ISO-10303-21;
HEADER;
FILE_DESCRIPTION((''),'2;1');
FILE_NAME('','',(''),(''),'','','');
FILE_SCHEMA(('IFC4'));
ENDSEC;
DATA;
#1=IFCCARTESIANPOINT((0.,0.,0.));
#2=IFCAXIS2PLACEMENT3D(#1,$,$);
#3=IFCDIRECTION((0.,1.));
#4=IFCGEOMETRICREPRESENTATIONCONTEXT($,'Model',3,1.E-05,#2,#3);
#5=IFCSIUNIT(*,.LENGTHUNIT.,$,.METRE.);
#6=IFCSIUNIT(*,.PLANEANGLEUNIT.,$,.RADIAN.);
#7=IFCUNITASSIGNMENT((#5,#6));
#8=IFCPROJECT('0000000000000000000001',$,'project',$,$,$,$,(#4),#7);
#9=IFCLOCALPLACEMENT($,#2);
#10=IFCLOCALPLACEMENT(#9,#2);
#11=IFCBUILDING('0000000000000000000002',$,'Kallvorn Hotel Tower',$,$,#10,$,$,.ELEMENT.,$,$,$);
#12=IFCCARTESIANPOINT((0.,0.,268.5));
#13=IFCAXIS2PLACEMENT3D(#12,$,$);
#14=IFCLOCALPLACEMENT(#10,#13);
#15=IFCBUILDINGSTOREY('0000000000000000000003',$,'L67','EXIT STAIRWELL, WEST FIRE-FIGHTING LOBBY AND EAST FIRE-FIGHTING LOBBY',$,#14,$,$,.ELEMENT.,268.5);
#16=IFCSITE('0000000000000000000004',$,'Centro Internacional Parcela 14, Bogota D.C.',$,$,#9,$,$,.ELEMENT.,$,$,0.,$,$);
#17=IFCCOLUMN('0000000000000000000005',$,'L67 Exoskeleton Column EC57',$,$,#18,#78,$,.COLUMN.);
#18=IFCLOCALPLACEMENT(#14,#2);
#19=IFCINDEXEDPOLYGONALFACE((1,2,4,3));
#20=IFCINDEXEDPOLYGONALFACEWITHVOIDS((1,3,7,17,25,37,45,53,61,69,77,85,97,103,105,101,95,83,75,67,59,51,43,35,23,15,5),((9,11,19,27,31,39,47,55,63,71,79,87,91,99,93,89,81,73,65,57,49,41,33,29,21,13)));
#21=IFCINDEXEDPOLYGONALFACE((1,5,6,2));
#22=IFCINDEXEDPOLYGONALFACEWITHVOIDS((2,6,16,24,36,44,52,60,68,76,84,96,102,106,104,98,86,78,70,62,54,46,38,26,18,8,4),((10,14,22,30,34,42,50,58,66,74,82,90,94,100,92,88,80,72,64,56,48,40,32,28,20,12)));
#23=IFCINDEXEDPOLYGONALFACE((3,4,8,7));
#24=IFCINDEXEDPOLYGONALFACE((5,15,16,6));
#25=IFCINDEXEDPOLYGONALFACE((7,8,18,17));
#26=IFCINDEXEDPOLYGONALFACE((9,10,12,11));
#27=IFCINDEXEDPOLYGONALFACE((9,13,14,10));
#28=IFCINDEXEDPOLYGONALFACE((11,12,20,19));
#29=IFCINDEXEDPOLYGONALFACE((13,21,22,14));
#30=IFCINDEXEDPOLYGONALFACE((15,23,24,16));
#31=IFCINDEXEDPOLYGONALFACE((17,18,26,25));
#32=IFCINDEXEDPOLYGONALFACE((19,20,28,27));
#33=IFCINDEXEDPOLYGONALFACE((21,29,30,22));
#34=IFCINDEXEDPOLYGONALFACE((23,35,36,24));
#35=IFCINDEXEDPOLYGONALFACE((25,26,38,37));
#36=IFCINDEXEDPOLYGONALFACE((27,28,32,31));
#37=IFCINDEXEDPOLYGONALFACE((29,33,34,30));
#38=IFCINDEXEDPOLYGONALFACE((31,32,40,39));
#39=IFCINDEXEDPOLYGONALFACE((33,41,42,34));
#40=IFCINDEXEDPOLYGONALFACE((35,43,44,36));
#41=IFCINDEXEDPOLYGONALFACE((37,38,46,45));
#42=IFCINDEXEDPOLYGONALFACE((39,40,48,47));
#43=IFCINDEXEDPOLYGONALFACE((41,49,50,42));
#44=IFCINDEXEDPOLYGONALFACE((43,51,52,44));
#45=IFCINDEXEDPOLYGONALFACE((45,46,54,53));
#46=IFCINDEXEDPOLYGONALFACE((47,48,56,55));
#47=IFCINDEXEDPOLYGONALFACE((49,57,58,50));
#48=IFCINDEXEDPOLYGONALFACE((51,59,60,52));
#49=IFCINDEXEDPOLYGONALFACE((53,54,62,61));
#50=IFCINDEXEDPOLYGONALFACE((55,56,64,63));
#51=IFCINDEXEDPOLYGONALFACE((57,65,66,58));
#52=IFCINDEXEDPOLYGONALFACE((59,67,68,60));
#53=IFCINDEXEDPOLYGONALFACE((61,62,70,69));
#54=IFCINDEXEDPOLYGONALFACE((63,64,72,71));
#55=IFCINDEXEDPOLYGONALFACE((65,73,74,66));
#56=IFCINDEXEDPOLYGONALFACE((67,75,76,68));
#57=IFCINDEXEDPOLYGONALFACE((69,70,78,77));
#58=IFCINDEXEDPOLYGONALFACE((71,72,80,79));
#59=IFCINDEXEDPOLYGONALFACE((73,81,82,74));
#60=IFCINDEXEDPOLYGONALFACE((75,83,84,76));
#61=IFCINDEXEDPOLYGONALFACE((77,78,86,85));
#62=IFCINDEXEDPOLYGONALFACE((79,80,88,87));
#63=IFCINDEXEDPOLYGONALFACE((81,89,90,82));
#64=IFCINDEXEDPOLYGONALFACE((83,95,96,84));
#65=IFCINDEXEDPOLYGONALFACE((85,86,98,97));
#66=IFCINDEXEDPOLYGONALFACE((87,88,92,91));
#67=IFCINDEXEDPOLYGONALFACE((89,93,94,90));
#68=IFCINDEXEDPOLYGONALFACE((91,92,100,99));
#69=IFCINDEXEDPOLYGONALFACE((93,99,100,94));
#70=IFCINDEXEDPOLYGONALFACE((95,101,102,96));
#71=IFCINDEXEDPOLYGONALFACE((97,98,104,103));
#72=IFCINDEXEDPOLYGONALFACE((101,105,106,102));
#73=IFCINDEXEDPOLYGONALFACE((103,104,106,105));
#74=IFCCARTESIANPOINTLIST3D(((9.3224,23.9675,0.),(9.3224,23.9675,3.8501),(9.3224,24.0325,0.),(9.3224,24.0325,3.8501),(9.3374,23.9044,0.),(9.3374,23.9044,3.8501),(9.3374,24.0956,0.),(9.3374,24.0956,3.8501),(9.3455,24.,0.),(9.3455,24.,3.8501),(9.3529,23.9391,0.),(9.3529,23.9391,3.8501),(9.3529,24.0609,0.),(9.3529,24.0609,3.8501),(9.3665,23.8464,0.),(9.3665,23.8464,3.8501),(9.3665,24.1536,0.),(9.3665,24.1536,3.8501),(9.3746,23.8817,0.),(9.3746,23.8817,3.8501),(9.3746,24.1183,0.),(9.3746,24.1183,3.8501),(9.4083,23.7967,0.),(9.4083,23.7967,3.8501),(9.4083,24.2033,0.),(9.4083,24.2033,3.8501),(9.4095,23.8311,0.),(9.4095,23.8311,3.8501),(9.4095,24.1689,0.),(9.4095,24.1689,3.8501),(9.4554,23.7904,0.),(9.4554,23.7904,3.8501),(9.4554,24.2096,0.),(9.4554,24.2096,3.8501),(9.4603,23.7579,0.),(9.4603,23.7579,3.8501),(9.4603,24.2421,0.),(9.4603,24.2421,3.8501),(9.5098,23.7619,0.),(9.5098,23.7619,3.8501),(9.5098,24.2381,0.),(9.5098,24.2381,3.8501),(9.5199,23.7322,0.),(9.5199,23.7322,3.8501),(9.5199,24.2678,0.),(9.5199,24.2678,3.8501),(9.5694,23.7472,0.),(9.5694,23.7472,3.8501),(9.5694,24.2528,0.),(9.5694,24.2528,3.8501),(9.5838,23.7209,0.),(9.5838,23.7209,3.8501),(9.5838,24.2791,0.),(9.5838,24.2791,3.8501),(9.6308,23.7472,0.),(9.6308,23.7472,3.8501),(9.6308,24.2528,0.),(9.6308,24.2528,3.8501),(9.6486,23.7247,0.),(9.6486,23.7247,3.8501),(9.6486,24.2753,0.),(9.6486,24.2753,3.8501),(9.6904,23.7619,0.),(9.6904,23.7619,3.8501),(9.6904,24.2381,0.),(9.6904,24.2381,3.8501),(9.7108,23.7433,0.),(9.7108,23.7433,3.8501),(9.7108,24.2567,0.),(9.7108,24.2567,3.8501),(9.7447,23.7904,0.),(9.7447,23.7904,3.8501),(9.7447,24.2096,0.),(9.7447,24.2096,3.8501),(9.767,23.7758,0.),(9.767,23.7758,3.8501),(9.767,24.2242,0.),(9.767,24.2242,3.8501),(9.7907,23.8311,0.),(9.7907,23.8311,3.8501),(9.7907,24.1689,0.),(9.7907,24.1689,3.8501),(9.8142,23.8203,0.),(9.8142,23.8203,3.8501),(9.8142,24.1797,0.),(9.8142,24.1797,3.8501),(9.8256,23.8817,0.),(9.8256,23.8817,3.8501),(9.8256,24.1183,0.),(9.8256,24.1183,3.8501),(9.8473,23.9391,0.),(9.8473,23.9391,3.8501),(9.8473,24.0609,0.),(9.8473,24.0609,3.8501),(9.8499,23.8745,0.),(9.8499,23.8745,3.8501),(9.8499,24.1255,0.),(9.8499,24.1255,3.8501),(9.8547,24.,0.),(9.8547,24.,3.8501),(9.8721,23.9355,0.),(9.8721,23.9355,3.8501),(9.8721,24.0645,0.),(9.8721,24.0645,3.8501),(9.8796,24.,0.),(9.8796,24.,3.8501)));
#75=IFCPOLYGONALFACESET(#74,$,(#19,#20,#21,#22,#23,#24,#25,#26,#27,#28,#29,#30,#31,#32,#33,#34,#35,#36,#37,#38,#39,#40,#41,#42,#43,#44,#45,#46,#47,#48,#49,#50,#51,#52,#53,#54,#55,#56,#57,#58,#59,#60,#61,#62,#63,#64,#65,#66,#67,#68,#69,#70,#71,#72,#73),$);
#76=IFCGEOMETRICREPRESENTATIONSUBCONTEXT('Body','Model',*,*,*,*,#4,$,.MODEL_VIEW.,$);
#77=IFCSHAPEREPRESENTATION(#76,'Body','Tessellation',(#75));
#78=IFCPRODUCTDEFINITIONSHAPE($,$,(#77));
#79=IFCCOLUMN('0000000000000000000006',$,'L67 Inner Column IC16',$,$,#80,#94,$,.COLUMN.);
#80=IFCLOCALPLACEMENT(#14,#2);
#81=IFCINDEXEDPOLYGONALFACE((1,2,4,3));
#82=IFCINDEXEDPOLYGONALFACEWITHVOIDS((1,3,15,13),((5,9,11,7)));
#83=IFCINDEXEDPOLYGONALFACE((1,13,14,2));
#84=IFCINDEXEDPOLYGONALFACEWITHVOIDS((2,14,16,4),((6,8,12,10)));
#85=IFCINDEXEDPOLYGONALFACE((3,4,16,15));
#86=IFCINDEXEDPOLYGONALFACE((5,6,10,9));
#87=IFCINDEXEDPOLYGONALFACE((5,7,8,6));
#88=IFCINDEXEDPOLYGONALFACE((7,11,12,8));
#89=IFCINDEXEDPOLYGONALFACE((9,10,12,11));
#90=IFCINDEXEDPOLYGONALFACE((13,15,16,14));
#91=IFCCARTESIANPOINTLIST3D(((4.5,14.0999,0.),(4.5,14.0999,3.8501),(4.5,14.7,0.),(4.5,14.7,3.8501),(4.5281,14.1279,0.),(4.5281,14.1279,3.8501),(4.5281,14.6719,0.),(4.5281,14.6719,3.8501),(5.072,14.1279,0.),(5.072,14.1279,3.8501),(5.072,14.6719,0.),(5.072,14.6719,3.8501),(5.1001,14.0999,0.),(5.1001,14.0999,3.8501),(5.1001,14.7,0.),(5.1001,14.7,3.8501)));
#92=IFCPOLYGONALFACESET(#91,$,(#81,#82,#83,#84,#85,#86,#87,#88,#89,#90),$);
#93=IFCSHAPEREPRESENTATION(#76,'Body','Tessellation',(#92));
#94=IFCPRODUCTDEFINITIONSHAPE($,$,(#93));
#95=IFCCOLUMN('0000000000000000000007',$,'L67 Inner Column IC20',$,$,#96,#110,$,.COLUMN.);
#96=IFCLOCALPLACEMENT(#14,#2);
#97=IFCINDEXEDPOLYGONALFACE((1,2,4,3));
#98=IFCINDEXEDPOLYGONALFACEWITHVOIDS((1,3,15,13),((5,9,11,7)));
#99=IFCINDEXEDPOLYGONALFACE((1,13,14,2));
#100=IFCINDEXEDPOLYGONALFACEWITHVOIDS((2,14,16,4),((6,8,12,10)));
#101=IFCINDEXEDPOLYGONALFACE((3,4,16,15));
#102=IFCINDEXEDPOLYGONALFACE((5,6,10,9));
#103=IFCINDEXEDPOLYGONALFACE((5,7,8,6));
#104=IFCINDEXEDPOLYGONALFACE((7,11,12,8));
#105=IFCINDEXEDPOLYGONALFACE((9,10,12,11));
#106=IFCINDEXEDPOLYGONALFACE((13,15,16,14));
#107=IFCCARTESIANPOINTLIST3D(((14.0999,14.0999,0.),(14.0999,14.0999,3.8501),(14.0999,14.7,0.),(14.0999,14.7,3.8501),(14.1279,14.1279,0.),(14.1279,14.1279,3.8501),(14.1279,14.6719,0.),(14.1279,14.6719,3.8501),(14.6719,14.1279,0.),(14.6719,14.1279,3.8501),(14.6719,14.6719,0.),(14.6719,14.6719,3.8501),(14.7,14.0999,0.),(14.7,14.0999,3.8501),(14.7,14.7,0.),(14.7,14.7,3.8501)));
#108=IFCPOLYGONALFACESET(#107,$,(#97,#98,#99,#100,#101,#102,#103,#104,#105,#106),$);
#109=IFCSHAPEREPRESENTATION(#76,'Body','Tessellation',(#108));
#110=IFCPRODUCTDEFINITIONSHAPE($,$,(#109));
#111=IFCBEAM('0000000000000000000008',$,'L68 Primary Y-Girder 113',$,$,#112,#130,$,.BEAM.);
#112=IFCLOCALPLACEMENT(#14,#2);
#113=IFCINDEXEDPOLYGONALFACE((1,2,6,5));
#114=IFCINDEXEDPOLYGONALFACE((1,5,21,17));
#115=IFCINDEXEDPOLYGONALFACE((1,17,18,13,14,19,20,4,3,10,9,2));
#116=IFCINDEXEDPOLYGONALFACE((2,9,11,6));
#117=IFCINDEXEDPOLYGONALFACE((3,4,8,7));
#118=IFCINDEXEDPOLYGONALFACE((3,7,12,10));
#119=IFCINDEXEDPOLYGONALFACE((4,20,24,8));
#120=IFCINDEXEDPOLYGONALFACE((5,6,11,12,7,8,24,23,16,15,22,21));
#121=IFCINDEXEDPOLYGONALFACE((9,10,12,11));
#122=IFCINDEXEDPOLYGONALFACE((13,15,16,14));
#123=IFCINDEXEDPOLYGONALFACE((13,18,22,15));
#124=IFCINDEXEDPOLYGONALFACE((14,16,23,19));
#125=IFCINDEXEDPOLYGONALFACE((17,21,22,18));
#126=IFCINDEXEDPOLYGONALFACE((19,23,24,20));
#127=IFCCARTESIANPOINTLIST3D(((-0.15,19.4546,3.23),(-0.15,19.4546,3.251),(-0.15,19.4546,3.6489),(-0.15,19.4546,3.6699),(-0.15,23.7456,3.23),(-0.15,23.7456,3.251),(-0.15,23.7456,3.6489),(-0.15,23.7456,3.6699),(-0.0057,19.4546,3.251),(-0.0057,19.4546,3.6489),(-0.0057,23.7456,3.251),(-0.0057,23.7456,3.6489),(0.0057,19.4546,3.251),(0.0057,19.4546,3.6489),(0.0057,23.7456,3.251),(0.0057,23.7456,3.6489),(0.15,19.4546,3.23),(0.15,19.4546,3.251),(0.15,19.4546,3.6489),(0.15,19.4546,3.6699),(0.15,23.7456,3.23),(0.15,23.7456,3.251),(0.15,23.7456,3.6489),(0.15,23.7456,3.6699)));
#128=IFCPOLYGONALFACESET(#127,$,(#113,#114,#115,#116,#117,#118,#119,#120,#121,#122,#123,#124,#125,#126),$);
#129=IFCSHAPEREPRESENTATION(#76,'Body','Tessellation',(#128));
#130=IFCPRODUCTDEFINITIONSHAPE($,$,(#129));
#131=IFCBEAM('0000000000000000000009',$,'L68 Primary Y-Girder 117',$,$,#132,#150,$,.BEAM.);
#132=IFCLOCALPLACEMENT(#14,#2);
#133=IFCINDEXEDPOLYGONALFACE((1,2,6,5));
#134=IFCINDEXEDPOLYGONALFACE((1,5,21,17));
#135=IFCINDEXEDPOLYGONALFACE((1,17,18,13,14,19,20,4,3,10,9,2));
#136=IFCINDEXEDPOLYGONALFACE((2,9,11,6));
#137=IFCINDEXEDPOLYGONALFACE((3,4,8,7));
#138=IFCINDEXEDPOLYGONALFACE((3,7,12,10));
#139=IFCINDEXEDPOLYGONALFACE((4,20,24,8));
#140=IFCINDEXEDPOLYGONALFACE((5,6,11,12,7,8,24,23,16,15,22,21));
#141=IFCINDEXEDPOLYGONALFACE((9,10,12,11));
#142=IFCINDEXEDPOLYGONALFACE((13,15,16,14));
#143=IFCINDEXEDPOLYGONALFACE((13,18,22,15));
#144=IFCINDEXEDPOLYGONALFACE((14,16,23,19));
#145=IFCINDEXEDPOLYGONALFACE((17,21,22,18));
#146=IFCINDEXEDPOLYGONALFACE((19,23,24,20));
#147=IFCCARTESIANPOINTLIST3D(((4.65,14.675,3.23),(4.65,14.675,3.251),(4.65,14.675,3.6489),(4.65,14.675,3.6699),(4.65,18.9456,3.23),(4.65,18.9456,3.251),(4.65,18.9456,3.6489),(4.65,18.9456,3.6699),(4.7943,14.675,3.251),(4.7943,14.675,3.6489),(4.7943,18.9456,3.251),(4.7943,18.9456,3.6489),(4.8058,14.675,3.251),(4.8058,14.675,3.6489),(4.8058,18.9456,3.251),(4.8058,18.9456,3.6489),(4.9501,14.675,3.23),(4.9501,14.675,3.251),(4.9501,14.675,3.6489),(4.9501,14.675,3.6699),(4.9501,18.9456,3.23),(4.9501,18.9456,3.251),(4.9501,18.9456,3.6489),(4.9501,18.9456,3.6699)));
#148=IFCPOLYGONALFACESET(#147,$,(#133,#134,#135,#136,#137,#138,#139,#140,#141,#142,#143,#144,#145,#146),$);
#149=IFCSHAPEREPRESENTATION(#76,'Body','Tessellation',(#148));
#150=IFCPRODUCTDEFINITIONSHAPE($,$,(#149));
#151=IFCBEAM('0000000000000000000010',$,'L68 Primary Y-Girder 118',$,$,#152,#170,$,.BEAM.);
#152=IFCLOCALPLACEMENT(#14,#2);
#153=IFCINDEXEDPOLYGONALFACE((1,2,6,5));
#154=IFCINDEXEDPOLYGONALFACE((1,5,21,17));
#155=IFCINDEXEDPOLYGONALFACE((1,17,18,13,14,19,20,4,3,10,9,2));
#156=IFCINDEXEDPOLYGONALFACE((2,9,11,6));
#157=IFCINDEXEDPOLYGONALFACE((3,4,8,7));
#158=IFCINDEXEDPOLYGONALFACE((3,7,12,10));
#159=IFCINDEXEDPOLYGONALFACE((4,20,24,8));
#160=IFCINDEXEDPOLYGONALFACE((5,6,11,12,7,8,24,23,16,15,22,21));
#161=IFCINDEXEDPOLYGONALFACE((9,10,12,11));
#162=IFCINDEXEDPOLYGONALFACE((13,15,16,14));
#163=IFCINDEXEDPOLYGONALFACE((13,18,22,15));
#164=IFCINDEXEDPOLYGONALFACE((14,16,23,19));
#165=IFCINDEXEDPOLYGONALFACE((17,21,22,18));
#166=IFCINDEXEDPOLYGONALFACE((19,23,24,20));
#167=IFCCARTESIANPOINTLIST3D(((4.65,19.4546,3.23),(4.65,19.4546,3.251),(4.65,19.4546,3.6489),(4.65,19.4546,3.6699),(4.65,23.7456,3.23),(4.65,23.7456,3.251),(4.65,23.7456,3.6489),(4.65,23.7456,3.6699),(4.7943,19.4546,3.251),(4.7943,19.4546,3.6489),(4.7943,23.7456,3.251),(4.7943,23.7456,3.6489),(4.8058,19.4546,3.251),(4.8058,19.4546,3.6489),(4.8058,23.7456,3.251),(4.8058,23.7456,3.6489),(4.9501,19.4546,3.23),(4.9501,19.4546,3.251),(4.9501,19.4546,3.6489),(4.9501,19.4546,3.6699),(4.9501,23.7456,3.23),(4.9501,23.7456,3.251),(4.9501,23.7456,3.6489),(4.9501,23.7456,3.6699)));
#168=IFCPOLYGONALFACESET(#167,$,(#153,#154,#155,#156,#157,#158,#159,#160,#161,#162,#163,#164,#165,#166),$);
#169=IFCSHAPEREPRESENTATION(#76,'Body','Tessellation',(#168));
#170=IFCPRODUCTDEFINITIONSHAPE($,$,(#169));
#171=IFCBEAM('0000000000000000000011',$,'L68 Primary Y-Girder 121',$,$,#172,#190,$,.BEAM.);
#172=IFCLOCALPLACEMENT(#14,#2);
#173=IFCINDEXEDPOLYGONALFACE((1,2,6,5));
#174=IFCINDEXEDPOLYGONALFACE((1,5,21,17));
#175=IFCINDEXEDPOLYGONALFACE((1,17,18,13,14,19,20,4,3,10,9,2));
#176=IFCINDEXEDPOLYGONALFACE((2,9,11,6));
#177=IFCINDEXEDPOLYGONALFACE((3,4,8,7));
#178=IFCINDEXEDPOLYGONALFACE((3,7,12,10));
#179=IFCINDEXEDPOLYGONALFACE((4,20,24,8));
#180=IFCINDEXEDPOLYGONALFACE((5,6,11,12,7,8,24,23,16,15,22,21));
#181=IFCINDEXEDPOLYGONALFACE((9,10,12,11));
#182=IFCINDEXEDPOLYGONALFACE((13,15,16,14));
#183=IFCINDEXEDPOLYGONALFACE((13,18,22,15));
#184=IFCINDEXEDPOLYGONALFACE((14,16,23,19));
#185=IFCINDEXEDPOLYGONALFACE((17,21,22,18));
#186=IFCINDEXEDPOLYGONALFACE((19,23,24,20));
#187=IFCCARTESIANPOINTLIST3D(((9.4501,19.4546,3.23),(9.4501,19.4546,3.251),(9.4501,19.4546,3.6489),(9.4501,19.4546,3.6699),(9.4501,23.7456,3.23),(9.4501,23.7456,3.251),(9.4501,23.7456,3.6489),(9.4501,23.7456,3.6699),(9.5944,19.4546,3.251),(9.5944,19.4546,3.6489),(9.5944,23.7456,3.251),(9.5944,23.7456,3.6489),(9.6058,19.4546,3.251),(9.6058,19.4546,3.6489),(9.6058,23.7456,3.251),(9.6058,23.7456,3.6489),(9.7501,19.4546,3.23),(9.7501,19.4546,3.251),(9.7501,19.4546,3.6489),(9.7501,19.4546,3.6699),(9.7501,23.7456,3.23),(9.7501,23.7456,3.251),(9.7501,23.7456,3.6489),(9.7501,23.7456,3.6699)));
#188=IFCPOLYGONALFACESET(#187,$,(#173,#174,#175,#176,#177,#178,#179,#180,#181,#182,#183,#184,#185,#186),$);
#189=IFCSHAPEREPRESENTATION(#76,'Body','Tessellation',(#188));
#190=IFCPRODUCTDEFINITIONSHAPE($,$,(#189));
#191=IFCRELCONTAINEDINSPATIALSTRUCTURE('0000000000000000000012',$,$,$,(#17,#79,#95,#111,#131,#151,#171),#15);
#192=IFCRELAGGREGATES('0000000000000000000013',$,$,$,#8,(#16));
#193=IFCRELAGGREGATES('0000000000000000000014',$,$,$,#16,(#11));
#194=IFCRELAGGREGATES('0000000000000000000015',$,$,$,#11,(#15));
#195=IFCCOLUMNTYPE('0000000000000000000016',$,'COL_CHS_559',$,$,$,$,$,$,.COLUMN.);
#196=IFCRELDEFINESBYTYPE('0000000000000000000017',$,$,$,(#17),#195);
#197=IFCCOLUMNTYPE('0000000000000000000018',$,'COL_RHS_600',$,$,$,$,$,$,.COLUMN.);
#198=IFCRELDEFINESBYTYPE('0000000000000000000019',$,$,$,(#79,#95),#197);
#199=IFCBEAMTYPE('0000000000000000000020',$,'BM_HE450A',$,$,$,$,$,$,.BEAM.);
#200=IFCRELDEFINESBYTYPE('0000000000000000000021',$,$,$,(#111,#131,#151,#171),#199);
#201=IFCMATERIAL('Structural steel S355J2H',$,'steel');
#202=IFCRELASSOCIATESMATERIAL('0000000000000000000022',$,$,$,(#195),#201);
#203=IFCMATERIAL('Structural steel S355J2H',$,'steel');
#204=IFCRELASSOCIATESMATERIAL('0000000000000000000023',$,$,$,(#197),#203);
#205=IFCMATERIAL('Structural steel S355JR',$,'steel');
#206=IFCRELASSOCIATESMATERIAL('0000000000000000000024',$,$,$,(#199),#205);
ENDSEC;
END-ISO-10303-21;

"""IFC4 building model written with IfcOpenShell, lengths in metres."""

from ifc_helpers import new_model, si_unit, direction, frame, origin, origin_2d, place, context, subcontext, project, spatial, hollow_rectangle, hollow_circle, i_section, extrude, material, material_profile, profile_set, type_object, element, save


model = new_model("IFC4")

# Units and contexts
model_context = context("Model", 3, precision=1e-05, world=origin(), true_north=direction((0.0, 1.0)))
body_context = subcontext(model_context, "Body", "Model", "MODEL_VIEW")
ifc_project = project(units=[si_unit("LENGTHUNIT", "METRE"), si_unit("PLANEANGLEUNIT", "RADIAN")], contexts=[model_context])

# Site, building, storey
site_placement = place(None, origin())
site = spatial("IfcSite", under=ifc_project, at=site_placement, Name="Centro Internacional Parcela 14, Bogota D.C.", CompositionType="ELEMENT", RefElevation=0.0)
building_placement = place(site_placement, origin())
building = spatial("IfcBuilding", under=site, at=building_placement, Name="Kallvorn Hotel Tower", CompositionType="ELEMENT")
storey_placement = place(building_placement, frame((0.0, 0.0, 268.5)))
storey = spatial("IfcBuildingStorey", under=building, at=storey_placement, Name="L67", Description="EXIT STAIRWELL, WEST FIRE-FIGHTING LOBBY AND EAST FIRE-FIGHTING LOBBY", CompositionType="ELEMENT", Elevation=268.5)

# Columns
ifc_material_1 = material(Name="Structural steel S355J2H", Category="steel")
ifc_material_profile_1 = material_profile(ifc_material_1, hollow_circle(Radius=0.2795, WallThickness=0.0249, at=origin_2d()), Name="CHS 559x25")
ifc_profile_set_1 = profile_set([ifc_material_profile_1], Name="Structural steel S355J2H")
column_type_1 = type_object("IfcColumnType", Name="COL_CHS_559", PredefinedType="COLUMN", material=ifc_profile_set_1)
for number, where, z_axis, x_axis, name in (
    (1, (9.6001, 24.0, 0.0), (0.0, 0.0, 1.0), (1.0, 0.0, 0.0), "L67 Exoskeleton Column EC57"),
):
    element("IfcColumn", number, at=place(storey_placement, frame(where, z_axis=z_axis, x_axis=x_axis)), inside=storey, type_object=column_type_1, Name=name, PredefinedType="COLUMN", context=body_context, shape_type="SweptSolid", body=[
        extrude(hollow_circle(Radius=0.2795, WallThickness=0.0249, at=origin_2d()), origin(), (0.0, 0.0, 1.0), 3.8501),
    ])
ifc_material_2 = material(Name="Structural steel S355J2H", Category="steel")
ifc_material_profile_2 = material_profile(ifc_material_2, hollow_rectangle(XDim=0.6001, YDim=0.6001, WallThickness=0.0281, at=origin_2d()), Name="RHS 600x600x28")
ifc_profile_set_2 = profile_set([ifc_material_profile_2], Name="Structural steel S355J2H")
column_type_2 = type_object("IfcColumnType", Name="COL_RHS_600", PredefinedType="COLUMN", material=ifc_profile_set_2)
for number, where, z_axis, x_axis, name in (
    (2, (4.8, 14.3999, 0.0), (0.0, 0.0, 1.0), (1.0, 0.0, 0.0), "L67 Inner Column IC16"),
    (3, (14.3999, 14.3999, 0.0), (0.0, 0.0, 1.0), (1.0, 0.0, 0.0), "L67 Inner Column IC20"),
):
    element("IfcColumn", number, at=place(storey_placement, frame(where, z_axis=z_axis, x_axis=x_axis)), inside=storey, type_object=column_type_2, Name=name, PredefinedType="COLUMN", context=body_context, shape_type="SweptSolid", body=[
        extrude(hollow_rectangle(XDim=0.6001, YDim=0.6001, WallThickness=0.0281, at=origin_2d()), origin(), (0.0, 0.0, 1.0), 3.8501),
    ])

# Beams
ifc_material_3 = material(Name="Structural steel S355JR", Category="steel")
ifc_material_profile_3 = material_profile(ifc_material_3, i_section(OverallWidth=0.3, OverallDepth=0.4399, WebThickness=0.0115, FlangeThickness=0.021, at=origin_2d()), Name="HE 450 A")
ifc_profile_set_3 = profile_set([ifc_material_profile_3], Name="Structural steel S355JR")
beam_type_1 = type_object("IfcBeamType", Name="BM_HE450A", PredefinedType="BEAM", material=ifc_profile_set_3)
beam_1_placement = place(storey_placement, frame((0.0, 19.4546, 3.45), z_axis=(0.0, 1.0, 0.0), x_axis=(-1.0, 0.0, 0.0)))
element("IfcBeam", 4, at=beam_1_placement, inside=storey, type_object=beam_type_1, Name="L68 Primary Y-Girder 113", PredefinedType="BEAM", context=body_context, shape_type="SweptSolid", body=[
    extrude(i_section(OverallWidth=0.3, OverallDepth=0.4399, WebThickness=0.0115, FlangeThickness=0.021, at=origin_2d()), origin(), (0.0, 0.0, 1.0), 4.291),
])
beam_2_placement = place(storey_placement, frame((4.8, 14.675, 3.45), z_axis=(0.0, 1.0, 0.0), x_axis=(-1.0, 0.0, 0.0)))
element("IfcBeam", 5, at=beam_2_placement, inside=storey, type_object=beam_type_1, Name="L68 Primary Y-Girder 117", PredefinedType="BEAM", context=body_context, shape_type="SweptSolid", body=[
    extrude(i_section(OverallWidth=0.3, OverallDepth=0.4399, WebThickness=0.0115, FlangeThickness=0.021, at=origin_2d()), origin(), (0.0, 0.0, 1.0), 4.2705),
])
for number, where, z_axis, x_axis, name in (
    (6, (4.8, 19.4546, 3.45), (0.0, 1.0, 0.0), (-1.0, 0.0, 0.0), "L68 Primary Y-Girder 118"),
    (7, (9.6001, 19.4546, 3.45), (0.0, 1.0, 0.0), (-1.0, 0.0, 0.0), "L68 Primary Y-Girder 121"),
):
    element("IfcBeam", number, at=place(storey_placement, frame(where, z_axis=z_axis, x_axis=x_axis)), inside=storey, type_object=beam_type_1, Name=name, PredefinedType="BEAM", context=body_context, shape_type="SweptSolid", body=[
        extrude(i_section(OverallWidth=0.3, OverallDepth=0.4399, WebThickness=0.0115, FlangeThickness=0.021, at=origin_2d()), origin(), (0.0, 0.0, 1.0), 4.291),
    ])

save(model, "model.ifc")
